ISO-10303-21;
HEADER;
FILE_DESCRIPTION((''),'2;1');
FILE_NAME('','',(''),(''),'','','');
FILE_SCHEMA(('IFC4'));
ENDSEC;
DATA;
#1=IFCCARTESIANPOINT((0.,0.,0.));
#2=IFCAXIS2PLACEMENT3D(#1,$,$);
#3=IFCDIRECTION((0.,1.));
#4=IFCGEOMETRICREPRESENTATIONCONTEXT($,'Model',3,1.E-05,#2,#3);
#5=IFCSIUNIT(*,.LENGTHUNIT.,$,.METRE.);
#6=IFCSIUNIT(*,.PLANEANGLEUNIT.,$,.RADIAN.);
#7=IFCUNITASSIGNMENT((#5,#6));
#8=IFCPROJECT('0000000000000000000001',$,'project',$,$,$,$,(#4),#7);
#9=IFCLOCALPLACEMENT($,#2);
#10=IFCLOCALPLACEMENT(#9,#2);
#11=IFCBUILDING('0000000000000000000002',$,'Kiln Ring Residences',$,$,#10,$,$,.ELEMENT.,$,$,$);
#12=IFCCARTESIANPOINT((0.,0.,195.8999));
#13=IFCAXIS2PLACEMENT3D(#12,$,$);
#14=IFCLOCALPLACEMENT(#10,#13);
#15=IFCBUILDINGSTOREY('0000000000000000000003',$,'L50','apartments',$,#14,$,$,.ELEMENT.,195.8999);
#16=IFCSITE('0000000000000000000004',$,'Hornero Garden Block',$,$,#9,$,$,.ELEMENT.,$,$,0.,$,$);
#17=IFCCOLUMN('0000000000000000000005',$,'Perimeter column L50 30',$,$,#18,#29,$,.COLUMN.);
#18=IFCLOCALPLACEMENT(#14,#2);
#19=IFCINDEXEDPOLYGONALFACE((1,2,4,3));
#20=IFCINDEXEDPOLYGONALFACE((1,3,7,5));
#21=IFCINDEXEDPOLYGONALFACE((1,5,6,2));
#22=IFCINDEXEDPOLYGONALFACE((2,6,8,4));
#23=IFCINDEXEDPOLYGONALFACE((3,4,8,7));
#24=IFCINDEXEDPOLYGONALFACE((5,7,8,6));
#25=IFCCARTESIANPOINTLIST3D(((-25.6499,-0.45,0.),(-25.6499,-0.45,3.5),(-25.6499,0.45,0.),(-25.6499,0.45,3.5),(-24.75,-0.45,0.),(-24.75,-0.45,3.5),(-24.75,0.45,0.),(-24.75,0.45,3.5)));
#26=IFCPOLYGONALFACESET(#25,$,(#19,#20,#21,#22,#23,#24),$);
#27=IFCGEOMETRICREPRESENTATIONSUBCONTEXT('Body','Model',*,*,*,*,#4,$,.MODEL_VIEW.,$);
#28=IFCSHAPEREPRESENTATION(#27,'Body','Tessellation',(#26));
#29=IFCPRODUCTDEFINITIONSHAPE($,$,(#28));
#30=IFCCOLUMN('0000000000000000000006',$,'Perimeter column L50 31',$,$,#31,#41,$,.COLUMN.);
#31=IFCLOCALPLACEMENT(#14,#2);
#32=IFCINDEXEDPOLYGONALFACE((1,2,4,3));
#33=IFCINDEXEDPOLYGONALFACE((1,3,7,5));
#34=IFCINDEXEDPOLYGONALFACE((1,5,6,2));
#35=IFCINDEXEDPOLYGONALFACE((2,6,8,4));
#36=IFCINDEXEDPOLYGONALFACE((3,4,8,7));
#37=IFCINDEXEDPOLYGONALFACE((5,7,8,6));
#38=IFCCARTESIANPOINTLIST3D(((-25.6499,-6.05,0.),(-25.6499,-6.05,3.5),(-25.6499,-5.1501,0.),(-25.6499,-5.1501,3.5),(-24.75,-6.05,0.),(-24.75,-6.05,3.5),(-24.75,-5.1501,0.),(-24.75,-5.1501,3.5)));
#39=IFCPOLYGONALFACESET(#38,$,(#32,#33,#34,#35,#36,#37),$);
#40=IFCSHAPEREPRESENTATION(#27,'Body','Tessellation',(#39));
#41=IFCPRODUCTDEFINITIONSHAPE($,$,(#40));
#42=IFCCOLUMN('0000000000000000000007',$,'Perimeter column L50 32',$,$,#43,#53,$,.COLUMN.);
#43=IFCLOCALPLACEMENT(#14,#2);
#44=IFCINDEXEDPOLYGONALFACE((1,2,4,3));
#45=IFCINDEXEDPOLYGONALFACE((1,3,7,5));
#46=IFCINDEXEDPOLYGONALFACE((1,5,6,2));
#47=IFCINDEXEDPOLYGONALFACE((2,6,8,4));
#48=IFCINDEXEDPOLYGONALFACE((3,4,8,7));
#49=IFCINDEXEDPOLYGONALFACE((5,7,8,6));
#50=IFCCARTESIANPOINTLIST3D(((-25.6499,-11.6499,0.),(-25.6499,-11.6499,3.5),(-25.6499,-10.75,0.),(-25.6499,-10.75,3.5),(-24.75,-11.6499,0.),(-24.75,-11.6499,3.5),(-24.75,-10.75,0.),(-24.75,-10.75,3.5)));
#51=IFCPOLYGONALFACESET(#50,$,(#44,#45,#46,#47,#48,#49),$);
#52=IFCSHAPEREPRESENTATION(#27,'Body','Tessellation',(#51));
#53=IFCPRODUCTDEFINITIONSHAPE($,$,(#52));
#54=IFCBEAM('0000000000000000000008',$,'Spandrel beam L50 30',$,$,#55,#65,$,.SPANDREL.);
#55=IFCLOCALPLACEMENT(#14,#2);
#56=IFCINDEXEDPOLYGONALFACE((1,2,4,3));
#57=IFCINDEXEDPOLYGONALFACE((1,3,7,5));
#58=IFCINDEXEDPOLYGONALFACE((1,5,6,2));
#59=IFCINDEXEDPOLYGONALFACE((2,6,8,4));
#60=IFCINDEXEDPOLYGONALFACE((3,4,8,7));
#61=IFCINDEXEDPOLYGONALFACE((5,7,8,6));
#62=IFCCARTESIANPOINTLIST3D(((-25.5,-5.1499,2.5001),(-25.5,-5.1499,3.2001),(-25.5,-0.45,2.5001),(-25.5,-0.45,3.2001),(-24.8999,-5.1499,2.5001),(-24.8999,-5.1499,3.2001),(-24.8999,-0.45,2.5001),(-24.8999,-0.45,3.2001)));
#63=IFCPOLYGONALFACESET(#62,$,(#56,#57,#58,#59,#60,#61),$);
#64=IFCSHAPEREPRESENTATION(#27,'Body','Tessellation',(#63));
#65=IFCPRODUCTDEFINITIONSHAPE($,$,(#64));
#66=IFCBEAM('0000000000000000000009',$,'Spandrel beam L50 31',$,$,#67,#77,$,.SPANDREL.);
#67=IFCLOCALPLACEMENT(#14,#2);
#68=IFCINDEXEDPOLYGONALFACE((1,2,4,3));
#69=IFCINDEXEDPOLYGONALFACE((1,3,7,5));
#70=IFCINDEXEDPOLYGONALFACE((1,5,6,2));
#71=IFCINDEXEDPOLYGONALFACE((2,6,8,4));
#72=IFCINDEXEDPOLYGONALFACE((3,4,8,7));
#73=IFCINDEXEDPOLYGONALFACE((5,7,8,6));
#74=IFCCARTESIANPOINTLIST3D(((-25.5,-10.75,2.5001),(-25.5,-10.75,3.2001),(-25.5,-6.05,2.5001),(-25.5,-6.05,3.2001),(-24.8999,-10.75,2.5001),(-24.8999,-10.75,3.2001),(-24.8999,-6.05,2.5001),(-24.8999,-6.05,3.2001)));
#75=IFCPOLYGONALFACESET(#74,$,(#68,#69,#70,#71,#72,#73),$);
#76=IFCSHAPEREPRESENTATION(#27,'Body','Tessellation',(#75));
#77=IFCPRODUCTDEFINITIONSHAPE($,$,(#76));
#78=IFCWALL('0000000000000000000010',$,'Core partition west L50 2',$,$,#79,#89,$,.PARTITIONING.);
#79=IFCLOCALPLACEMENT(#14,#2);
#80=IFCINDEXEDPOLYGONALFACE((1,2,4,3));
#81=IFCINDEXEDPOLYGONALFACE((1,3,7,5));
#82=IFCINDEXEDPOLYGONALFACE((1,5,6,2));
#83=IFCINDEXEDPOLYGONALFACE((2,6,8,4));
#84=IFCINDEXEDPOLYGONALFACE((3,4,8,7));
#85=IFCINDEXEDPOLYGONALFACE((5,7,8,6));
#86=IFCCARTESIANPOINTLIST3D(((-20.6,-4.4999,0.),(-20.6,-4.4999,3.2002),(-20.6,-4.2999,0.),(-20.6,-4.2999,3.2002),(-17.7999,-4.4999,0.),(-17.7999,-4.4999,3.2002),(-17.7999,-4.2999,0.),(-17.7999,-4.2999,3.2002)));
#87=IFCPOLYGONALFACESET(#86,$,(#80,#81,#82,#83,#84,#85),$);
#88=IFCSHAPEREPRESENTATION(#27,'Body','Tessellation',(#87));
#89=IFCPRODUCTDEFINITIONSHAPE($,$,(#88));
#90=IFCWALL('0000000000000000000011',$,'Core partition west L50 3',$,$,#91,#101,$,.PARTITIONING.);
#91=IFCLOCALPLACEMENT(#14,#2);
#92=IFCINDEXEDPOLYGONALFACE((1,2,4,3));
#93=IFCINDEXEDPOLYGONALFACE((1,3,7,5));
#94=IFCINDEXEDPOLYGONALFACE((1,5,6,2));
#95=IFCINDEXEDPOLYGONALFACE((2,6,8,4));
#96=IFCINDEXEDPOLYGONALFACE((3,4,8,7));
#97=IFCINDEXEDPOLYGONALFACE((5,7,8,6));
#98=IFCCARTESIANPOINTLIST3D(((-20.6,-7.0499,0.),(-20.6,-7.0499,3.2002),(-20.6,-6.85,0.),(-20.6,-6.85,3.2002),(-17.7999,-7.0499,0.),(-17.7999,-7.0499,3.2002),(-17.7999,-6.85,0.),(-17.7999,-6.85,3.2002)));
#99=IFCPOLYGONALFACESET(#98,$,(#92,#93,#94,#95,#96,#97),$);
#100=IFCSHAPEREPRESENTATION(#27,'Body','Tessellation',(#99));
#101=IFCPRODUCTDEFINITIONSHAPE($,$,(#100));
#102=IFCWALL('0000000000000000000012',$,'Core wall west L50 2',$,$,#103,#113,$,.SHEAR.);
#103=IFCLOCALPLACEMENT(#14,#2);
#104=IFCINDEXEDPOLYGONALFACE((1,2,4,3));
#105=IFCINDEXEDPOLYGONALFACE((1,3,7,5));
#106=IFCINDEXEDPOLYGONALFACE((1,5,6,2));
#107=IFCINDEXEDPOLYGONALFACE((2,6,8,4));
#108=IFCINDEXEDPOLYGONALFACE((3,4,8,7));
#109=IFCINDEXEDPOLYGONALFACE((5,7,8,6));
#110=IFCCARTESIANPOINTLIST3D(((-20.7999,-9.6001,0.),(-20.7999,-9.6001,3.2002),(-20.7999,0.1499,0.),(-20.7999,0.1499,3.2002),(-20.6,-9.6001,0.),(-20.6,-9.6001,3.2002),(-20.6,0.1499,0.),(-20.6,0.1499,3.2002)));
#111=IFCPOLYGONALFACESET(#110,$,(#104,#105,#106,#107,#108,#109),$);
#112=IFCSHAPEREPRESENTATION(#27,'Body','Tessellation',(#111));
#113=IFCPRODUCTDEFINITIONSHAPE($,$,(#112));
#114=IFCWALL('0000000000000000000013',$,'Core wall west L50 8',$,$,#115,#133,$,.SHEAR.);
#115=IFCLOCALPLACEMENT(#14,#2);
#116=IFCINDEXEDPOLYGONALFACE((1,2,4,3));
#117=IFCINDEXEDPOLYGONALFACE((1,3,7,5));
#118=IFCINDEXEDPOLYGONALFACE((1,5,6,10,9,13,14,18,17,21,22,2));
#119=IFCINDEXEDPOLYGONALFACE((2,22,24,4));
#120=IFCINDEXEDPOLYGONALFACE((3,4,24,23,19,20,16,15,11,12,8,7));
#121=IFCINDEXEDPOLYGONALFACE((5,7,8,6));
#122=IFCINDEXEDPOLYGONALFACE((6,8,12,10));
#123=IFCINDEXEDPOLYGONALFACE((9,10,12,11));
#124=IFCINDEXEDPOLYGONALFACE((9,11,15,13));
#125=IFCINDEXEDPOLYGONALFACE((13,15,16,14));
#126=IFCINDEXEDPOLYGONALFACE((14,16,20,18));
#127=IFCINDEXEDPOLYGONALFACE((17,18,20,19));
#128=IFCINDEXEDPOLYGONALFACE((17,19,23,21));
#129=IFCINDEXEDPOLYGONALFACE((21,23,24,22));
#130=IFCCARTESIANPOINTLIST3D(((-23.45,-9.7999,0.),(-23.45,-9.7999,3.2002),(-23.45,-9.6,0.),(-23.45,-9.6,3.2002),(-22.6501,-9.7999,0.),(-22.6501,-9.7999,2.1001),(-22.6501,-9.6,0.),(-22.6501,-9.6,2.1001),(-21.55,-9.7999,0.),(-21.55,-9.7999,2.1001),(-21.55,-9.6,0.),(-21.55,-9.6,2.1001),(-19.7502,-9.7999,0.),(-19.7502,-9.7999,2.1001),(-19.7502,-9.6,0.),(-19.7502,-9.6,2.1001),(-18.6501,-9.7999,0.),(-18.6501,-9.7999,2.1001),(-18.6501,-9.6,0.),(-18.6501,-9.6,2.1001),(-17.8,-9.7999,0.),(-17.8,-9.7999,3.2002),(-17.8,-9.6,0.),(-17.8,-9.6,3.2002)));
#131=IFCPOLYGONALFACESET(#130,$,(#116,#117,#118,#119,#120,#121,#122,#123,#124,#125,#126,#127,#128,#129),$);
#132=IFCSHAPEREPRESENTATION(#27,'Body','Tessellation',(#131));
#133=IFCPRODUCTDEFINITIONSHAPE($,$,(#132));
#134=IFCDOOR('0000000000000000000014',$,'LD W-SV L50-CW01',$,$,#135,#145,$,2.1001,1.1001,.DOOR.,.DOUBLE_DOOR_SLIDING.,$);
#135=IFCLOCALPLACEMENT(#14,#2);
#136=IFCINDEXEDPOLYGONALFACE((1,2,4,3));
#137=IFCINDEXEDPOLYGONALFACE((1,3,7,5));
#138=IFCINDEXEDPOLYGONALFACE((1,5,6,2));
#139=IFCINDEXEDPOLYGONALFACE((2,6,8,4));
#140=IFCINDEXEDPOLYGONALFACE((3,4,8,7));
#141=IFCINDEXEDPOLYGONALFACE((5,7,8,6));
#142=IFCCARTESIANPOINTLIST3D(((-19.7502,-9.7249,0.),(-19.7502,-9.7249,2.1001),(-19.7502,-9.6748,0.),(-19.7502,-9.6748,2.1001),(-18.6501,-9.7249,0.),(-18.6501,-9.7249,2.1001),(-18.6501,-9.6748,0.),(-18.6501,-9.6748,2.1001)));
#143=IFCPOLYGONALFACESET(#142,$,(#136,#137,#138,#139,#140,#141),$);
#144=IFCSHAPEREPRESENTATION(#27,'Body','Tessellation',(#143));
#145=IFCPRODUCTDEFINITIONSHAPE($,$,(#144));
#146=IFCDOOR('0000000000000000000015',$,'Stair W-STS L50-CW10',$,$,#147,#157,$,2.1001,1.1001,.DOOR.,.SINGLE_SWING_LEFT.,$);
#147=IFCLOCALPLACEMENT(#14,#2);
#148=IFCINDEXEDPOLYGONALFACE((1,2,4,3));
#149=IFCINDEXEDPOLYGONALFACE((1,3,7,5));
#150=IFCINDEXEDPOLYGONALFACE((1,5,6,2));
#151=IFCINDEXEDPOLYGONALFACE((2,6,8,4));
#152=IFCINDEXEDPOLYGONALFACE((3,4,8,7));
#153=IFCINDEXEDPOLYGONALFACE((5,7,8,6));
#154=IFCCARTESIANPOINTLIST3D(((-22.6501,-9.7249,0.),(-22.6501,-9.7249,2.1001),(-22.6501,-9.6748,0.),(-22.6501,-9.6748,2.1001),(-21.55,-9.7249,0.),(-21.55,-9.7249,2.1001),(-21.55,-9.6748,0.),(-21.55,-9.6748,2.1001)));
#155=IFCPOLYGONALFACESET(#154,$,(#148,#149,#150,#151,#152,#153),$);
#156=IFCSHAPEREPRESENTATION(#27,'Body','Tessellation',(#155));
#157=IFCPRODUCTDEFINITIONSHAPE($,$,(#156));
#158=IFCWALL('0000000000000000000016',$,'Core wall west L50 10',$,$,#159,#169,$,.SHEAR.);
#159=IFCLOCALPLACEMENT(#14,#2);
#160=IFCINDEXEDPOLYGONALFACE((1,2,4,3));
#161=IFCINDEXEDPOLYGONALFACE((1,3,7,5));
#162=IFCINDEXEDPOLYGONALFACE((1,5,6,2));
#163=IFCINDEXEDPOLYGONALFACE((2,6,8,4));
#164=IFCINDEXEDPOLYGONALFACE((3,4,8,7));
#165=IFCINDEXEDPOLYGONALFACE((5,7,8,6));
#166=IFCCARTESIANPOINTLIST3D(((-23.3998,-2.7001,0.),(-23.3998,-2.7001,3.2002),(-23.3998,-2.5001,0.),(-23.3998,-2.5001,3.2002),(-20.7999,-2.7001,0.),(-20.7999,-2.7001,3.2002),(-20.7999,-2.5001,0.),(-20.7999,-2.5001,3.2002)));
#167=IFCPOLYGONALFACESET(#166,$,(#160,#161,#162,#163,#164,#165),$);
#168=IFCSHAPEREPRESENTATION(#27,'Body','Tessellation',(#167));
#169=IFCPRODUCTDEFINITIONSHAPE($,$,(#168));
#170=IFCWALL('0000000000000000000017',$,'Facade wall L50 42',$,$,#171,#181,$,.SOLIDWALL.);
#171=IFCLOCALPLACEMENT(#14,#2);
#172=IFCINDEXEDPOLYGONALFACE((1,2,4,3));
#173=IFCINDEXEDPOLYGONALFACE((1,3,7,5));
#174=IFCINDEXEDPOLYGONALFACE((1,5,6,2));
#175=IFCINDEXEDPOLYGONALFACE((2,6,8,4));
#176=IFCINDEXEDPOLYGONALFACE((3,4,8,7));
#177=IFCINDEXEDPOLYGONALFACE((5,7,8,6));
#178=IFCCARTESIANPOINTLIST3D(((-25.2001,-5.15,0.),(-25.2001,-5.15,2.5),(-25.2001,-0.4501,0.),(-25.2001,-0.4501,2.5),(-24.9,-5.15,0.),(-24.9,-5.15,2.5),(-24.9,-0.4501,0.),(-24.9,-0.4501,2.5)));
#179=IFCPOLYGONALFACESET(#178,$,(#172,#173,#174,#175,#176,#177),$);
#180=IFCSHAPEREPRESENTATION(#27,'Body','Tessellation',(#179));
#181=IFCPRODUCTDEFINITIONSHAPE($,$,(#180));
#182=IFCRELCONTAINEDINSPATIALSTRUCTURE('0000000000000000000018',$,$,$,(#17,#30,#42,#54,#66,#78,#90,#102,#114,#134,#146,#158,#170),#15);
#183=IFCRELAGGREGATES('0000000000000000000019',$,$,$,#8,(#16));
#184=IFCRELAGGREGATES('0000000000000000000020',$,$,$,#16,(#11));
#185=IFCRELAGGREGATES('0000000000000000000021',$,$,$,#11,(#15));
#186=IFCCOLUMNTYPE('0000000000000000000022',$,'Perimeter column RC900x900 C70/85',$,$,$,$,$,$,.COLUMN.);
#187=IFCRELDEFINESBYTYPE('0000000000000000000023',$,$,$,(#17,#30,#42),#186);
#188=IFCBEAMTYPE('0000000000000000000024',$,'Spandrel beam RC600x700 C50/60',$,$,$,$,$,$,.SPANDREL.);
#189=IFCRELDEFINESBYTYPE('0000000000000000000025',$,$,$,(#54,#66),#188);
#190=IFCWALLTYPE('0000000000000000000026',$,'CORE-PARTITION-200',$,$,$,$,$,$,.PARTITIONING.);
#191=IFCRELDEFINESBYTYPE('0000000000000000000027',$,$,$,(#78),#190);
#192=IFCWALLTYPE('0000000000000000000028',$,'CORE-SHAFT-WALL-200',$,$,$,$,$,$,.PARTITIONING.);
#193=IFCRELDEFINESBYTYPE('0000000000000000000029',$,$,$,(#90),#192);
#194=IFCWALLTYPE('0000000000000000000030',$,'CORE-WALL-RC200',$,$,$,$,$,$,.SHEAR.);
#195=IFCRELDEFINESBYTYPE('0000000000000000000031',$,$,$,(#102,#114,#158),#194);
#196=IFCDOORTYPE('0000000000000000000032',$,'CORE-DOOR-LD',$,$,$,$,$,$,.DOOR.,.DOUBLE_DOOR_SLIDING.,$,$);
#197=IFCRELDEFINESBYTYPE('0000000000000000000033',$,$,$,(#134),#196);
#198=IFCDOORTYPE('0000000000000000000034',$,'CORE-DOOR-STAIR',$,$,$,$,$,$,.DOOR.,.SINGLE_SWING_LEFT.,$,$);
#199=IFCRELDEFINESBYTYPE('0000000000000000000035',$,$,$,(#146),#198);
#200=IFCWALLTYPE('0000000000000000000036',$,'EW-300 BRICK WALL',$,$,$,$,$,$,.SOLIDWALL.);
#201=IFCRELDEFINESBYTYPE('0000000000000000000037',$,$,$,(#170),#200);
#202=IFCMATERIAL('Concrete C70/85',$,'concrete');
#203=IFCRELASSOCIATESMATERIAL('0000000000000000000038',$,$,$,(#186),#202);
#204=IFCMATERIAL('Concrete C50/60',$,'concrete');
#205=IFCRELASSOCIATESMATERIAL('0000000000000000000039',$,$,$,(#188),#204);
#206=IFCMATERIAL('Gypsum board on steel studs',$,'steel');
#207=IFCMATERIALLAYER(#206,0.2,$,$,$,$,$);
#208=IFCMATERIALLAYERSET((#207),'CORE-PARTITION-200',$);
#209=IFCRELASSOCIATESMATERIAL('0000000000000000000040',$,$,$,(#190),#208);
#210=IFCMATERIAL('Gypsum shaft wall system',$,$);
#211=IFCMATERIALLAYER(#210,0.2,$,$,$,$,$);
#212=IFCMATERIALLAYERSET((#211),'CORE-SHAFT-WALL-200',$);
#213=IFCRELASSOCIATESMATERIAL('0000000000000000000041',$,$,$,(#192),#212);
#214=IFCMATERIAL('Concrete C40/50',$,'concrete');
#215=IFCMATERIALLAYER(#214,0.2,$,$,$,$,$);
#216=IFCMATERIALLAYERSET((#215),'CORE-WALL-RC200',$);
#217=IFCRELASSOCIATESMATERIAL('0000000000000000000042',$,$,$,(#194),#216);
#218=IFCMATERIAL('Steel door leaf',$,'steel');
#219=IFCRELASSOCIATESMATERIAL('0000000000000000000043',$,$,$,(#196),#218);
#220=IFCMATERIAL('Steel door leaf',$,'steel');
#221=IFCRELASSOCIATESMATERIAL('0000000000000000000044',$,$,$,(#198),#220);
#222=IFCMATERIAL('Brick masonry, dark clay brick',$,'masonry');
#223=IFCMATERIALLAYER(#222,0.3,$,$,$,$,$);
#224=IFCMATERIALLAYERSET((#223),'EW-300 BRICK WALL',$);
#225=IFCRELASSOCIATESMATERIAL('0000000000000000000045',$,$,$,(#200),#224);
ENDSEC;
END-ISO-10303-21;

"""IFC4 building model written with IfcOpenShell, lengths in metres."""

from ifc_helpers import new_model, si_unit, direction, frame, frame_2d, origin, origin_2d, place, context, subcontext, project, spatial, rectangle, extrude, material, layer, layer_set, material_profile, profile_set, type_object, element, fill, save


model = new_model("IFC4")

# Units and contexts
model_context = context("Model", 3, precision=1e-05, world=origin(), true_north=direction((0.0, 1.0)))
body_context = subcontext(model_context, "Body", "Model", "MODEL_VIEW")
ifc_project = project(units=[si_unit("LENGTHUNIT", "METRE"), si_unit("PLANEANGLEUNIT", "RADIAN")], contexts=[model_context])

# Site, building, storey
site_placement = place(None, origin())
site = spatial("IfcSite", under=ifc_project, at=site_placement, Name="Hornero Garden Block", CompositionType="ELEMENT", RefElevation=0.0)
building_placement = place(site_placement, origin())
building = spatial("IfcBuilding", under=site, at=building_placement, Name="Kiln Ring Residences", CompositionType="ELEMENT")
storey_placement = place(building_placement, frame((0.0, 0.0, 195.8999)))
storey = spatial("IfcBuildingStorey", under=building, at=storey_placement, Name="L50", Description="apartments", CompositionType="ELEMENT", Elevation=195.8999)

# Columns
ifc_material_1 = material(Name="Concrete C70/85", Category="concrete")
ifc_material_profile_1 = material_profile(ifc_material_1, rectangle(XDim=0.8999, YDim=0.8999, at=origin_2d()), Name="RC900x900")
ifc_profile_set_1 = profile_set([ifc_material_profile_1], Name="Concrete C70/85")
column_type = type_object("IfcColumnType", Name="Perimeter column RC900x900 C70/85", PredefinedType="COLUMN", material=ifc_profile_set_1)
for number, where, z_axis, x_axis, name in (
    (1, (-25.2, 0.0, 0.0), (0.0, 0.0, 1.0), (1.0, 0.0, 0.0), "Perimeter column L50 30"),
    (2, (-25.2, -5.6001, 0.0), (0.0, 0.0, 1.0), (1.0, 0.0, 0.0), "Perimeter column L50 31"),
    (3, (-25.2, -11.2, 0.0), (0.0, 0.0, 1.0), (1.0, 0.0, 0.0), "Perimeter column L50 32"),
):
    element("IfcColumn", number, at=place(storey_placement, frame(where, z_axis=z_axis, x_axis=x_axis)), inside=storey, type_object=column_type, Name=name, PredefinedType="COLUMN", context=body_context, shape_type="SweptSolid", body=[
        extrude(rectangle(XDim=0.8999, YDim=0.8999, at=origin_2d()), origin(), (0.0, 0.0, 1.0), 3.5),
    ])

# Beams
ifc_material_2 = material(Name="Concrete C50/60", Category="concrete")
ifc_material_profile_2 = material_profile(ifc_material_2, rectangle(XDim=0.6001, YDim=0.7, at=origin_2d()), Name="RC600x700")
ifc_profile_set_2 = profile_set([ifc_material_profile_2], Name="Concrete C50/60")
beam_type = type_object("IfcBeamType", Name="Spandrel beam RC600x700 C50/60", PredefinedType="SPANDREL", material=ifc_profile_set_2)
for number, where, z_axis, x_axis, name in (
    (4, (-25.2, -0.45, 2.8501), (0.0, -1.0, 0.0), (1.0, 0.0, 0.0), "Spandrel beam L50 30"),
    (5, (-25.2, -6.05, 2.8501), (0.0, -1.0, 0.0), (1.0, 0.0, 0.0), "Spandrel beam L50 31"),
):
    element("IfcBeam", number, at=place(storey_placement, frame(where, z_axis=z_axis, x_axis=x_axis)), inside=storey, type_object=beam_type, Name=name, PredefinedType="SPANDREL", context=body_context, shape_type="SweptSolid", body=[
        extrude(rectangle(XDim=0.6001, YDim=0.7, at=origin_2d()), origin(), (0.0, 0.0, 1.0), 4.7),
    ])

# Walls
ifc_material_3 = material(Name="Gypsum board on steel studs", Category="steel")
ifc_layer_1 = layer(ifc_material_3, 0.2)
ifc_layer_set_1 = layer_set([ifc_layer_1], Name="CORE-PARTITION-200")
wall_type_1 = type_object("IfcWallType", Name="CORE-PARTITION-200", PredefinedType="PARTITIONING", material=ifc_layer_set_1)
wall_1_placement = place(storey_placement, frame((-17.8, -4.3999, 0.0), z_axis=(0.0, 0.0, 1.0), x_axis=(-1.0, 0.0, 0.0)))
element("IfcWall", 6, at=wall_1_placement, inside=storey, type_object=wall_type_1, Name="Core partition west L50 2", PredefinedType="PARTITIONING", context=body_context, shape_type="SweptSolid", body=[
    extrude(rectangle(XDim=2.8, YDim=0.2, at=frame_2d((1.3999, 0.0))), origin(), (0.0, 0.0, 1.0), 3.2002),
])
ifc_material_4 = material(Name="Gypsum shaft wall system")
ifc_layer_2 = layer(ifc_material_4, 0.2)
ifc_layer_set_2 = layer_set([ifc_layer_2], Name="CORE-SHAFT-WALL-200")
wall_type_2 = type_object("IfcWallType", Name="CORE-SHAFT-WALL-200", PredefinedType="PARTITIONING", material=ifc_layer_set_2)
wall_2_placement = place(storey_placement, frame((-17.8, -6.95, 0.0), z_axis=(0.0, 0.0, 1.0), x_axis=(-1.0, 0.0, 0.0)))
element("IfcWall", 7, at=wall_2_placement, inside=storey, type_object=wall_type_2, Name="Core partition west L50 3", PredefinedType="PARTITIONING", context=body_context, shape_type="SweptSolid", body=[
    extrude(rectangle(XDim=2.8, YDim=0.2, at=frame_2d((1.3999, 0.0))), origin(), (0.0, 0.0, 1.0), 3.2002),
])
ifc_material_5 = material(Name="Concrete C40/50", Category="concrete")
ifc_layer_3 = layer(ifc_material_5, 0.2)
ifc_layer_set_3 = layer_set([ifc_layer_3], Name="CORE-WALL-RC200")
wall_type_3 = type_object("IfcWallType", Name="CORE-WALL-RC200", PredefinedType="SHEAR", material=ifc_layer_set_3)
wall_3_placement = place(storey_placement, frame((-20.7, -9.6001, 0.0), z_axis=(0.0, 0.0, 1.0), x_axis=(0.0, 1.0, 0.0)))
element("IfcWall", 8, at=wall_3_placement, inside=storey, type_object=wall_type_3, Name="Core wall west L50 2", PredefinedType="SHEAR", context=body_context, shape_type="SweptSolid", body=[
    extrude(rectangle(XDim=9.75, YDim=0.2, at=frame_2d((4.875, 0.0))), origin(), (0.0, 0.0, 1.0), 3.2002),
])

# Wall, openings, doors
wall_4_placement = place(storey_placement, frame((-17.8, -9.7, 0.0), z_axis=(0.0, 0.0, 1.0), x_axis=(-1.0, 0.0, 0.0)))
wall_4 = element("IfcWall", 9, at=wall_4_placement, inside=storey, type_object=wall_type_3, Name="Core wall west L50 8", PredefinedType="SHEAR", context=body_context, shape_type="SweptSolid", body=[
    extrude(rectangle(XDim=5.6499, YDim=0.2, at=frame_2d((2.825, 0.0))), origin(), (0.0, 0.0, 1.0), 3.2002),
])
opening_1_placement = place(wall_4_placement, frame((0.8501, 0.0, 0.0)))
opening_1 = element("IfcOpeningElement", 10, at=opening_1_placement, cuts=wall_4, PredefinedType="OPENING", context=body_context, shape_type="SweptSolid", body=[
    extrude(rectangle(XDim=1.1001, YDim=2.1001, at=frame_2d((0.55, 1.05))), frame((0.0, 0.1099, 0.0), z_axis=(0.0, -1.0, 0.0), x_axis=(1.0, 0.0, 0.0)), (0.0, 0.0, 1.0), 0.22),
])
opening_2_placement = place(wall_4_placement, frame((3.75, 0.0, 0.0)))
opening_2 = element("IfcOpeningElement", 11, at=opening_2_placement, cuts=wall_4, PredefinedType="OPENING", context=body_context, shape_type="SweptSolid", body=[
    extrude(rectangle(XDim=1.1001, YDim=2.1001, at=frame_2d((0.55, 1.05))), frame((0.0, 0.1099, 0.0), z_axis=(0.0, -1.0, 0.0), x_axis=(1.0, 0.0, 0.0)), (0.0, 0.0, 1.0), 0.22),
])
ifc_material_6 = material(Name="Steel door leaf", Category="steel")
door_type_1 = type_object("IfcDoorType", Name="CORE-DOOR-LD", OperationType="DOUBLE_DOOR_SLIDING", PredefinedType="DOOR", material=ifc_material_6)
door_1_placement = place(opening_1_placement, origin())
door_1 = element("IfcDoor", 12, at=door_1_placement, inside=storey, type_object=door_type_1, Name="LD W-SV L50-CW01", OperationType="DOUBLE_DOOR_SLIDING", OverallHeight=2.1001, OverallWidth=1.1001, PredefinedType="DOOR", context=body_context, shape_type="SweptSolid", body=[
    extrude(rectangle(XDim=1.1001, YDim=2.1001, at=frame_2d((0.55, 1.05))), frame((0.0, 0.0249, 0.0), z_axis=(0.0, -1.0, 0.0), x_axis=(1.0, 0.0, 0.0)), (0.0, 0.0, 1.0), 0.05),
])
fill(opening_1, door_1)
ifc_material_7 = material(Name="Steel door leaf", Category="steel")
door_type_2 = type_object("IfcDoorType", Name="CORE-DOOR-STAIR", OperationType="SINGLE_SWING_LEFT", PredefinedType="DOOR", material=ifc_material_7)
door_2_placement = place(opening_2_placement, origin())
door_2 = element("IfcDoor", 13, at=door_2_placement, inside=storey, type_object=door_type_2, Name="Stair W-STS L50-CW10", OperationType="SINGLE_SWING_LEFT", OverallHeight=2.1001, OverallWidth=1.1001, PredefinedType="DOOR", context=body_context, shape_type="SweptSolid", body=[
    extrude(rectangle(XDim=1.1001, YDim=2.1001, at=frame_2d((0.55, 1.05))), frame((0.0, 0.0249, 0.0), z_axis=(0.0, -1.0, 0.0), x_axis=(1.0, 0.0, 0.0)), (0.0, 0.0, 1.0), 0.05),
])
fill(opening_2, door_2)

# Walls
wall_5_placement = place(storey_placement, frame((-20.8, -2.6001, 0.0), z_axis=(0.0, 0.0, 1.0), x_axis=(-1.0, 0.0, 0.0)))
element("IfcWall", 14, at=wall_5_placement, inside=storey, type_object=wall_type_3, Name="Core wall west L50 10", PredefinedType="SHEAR", context=body_context, shape_type="SweptSolid", body=[
    extrude(rectangle(XDim=2.5999, YDim=0.2, at=frame_2d((1.2998, 0.0))), origin(), (0.0, 0.0, 1.0), 3.2002),
])
ifc_material_8 = material(Name="Brick masonry, dark clay brick", Category="masonry")
ifc_layer_4 = layer(ifc_material_8, 0.3)
ifc_layer_set_4 = layer_set([ifc_layer_4], Name="EW-300 BRICK WALL")
wall_type_4 = type_object("IfcWallType", Name="EW-300 BRICK WALL", PredefinedType="SOLIDWALL", material=ifc_layer_set_4)
for number, where, z_axis, x_axis, name in (
    (15, (-25.05, -0.45, 0.0), (0.0, 0.0, 1.0), (0.0, -1.0, 0.0), "Facade wall L50 42"),
):
    element("IfcWall", number, at=place(storey_placement, frame(where, z_axis=z_axis, x_axis=x_axis)), inside=storey, type_object=wall_type_4, Name=name, PredefinedType="SOLIDWALL", context=body_context, shape_type="SweptSolid", body=[
        extrude(rectangle(XDim=4.7, YDim=0.3, at=frame_2d((2.3501, 0.0))), origin(), (0.0, 0.0, 1.0), 2.5),
    ])

save(model, "model.ifc")
